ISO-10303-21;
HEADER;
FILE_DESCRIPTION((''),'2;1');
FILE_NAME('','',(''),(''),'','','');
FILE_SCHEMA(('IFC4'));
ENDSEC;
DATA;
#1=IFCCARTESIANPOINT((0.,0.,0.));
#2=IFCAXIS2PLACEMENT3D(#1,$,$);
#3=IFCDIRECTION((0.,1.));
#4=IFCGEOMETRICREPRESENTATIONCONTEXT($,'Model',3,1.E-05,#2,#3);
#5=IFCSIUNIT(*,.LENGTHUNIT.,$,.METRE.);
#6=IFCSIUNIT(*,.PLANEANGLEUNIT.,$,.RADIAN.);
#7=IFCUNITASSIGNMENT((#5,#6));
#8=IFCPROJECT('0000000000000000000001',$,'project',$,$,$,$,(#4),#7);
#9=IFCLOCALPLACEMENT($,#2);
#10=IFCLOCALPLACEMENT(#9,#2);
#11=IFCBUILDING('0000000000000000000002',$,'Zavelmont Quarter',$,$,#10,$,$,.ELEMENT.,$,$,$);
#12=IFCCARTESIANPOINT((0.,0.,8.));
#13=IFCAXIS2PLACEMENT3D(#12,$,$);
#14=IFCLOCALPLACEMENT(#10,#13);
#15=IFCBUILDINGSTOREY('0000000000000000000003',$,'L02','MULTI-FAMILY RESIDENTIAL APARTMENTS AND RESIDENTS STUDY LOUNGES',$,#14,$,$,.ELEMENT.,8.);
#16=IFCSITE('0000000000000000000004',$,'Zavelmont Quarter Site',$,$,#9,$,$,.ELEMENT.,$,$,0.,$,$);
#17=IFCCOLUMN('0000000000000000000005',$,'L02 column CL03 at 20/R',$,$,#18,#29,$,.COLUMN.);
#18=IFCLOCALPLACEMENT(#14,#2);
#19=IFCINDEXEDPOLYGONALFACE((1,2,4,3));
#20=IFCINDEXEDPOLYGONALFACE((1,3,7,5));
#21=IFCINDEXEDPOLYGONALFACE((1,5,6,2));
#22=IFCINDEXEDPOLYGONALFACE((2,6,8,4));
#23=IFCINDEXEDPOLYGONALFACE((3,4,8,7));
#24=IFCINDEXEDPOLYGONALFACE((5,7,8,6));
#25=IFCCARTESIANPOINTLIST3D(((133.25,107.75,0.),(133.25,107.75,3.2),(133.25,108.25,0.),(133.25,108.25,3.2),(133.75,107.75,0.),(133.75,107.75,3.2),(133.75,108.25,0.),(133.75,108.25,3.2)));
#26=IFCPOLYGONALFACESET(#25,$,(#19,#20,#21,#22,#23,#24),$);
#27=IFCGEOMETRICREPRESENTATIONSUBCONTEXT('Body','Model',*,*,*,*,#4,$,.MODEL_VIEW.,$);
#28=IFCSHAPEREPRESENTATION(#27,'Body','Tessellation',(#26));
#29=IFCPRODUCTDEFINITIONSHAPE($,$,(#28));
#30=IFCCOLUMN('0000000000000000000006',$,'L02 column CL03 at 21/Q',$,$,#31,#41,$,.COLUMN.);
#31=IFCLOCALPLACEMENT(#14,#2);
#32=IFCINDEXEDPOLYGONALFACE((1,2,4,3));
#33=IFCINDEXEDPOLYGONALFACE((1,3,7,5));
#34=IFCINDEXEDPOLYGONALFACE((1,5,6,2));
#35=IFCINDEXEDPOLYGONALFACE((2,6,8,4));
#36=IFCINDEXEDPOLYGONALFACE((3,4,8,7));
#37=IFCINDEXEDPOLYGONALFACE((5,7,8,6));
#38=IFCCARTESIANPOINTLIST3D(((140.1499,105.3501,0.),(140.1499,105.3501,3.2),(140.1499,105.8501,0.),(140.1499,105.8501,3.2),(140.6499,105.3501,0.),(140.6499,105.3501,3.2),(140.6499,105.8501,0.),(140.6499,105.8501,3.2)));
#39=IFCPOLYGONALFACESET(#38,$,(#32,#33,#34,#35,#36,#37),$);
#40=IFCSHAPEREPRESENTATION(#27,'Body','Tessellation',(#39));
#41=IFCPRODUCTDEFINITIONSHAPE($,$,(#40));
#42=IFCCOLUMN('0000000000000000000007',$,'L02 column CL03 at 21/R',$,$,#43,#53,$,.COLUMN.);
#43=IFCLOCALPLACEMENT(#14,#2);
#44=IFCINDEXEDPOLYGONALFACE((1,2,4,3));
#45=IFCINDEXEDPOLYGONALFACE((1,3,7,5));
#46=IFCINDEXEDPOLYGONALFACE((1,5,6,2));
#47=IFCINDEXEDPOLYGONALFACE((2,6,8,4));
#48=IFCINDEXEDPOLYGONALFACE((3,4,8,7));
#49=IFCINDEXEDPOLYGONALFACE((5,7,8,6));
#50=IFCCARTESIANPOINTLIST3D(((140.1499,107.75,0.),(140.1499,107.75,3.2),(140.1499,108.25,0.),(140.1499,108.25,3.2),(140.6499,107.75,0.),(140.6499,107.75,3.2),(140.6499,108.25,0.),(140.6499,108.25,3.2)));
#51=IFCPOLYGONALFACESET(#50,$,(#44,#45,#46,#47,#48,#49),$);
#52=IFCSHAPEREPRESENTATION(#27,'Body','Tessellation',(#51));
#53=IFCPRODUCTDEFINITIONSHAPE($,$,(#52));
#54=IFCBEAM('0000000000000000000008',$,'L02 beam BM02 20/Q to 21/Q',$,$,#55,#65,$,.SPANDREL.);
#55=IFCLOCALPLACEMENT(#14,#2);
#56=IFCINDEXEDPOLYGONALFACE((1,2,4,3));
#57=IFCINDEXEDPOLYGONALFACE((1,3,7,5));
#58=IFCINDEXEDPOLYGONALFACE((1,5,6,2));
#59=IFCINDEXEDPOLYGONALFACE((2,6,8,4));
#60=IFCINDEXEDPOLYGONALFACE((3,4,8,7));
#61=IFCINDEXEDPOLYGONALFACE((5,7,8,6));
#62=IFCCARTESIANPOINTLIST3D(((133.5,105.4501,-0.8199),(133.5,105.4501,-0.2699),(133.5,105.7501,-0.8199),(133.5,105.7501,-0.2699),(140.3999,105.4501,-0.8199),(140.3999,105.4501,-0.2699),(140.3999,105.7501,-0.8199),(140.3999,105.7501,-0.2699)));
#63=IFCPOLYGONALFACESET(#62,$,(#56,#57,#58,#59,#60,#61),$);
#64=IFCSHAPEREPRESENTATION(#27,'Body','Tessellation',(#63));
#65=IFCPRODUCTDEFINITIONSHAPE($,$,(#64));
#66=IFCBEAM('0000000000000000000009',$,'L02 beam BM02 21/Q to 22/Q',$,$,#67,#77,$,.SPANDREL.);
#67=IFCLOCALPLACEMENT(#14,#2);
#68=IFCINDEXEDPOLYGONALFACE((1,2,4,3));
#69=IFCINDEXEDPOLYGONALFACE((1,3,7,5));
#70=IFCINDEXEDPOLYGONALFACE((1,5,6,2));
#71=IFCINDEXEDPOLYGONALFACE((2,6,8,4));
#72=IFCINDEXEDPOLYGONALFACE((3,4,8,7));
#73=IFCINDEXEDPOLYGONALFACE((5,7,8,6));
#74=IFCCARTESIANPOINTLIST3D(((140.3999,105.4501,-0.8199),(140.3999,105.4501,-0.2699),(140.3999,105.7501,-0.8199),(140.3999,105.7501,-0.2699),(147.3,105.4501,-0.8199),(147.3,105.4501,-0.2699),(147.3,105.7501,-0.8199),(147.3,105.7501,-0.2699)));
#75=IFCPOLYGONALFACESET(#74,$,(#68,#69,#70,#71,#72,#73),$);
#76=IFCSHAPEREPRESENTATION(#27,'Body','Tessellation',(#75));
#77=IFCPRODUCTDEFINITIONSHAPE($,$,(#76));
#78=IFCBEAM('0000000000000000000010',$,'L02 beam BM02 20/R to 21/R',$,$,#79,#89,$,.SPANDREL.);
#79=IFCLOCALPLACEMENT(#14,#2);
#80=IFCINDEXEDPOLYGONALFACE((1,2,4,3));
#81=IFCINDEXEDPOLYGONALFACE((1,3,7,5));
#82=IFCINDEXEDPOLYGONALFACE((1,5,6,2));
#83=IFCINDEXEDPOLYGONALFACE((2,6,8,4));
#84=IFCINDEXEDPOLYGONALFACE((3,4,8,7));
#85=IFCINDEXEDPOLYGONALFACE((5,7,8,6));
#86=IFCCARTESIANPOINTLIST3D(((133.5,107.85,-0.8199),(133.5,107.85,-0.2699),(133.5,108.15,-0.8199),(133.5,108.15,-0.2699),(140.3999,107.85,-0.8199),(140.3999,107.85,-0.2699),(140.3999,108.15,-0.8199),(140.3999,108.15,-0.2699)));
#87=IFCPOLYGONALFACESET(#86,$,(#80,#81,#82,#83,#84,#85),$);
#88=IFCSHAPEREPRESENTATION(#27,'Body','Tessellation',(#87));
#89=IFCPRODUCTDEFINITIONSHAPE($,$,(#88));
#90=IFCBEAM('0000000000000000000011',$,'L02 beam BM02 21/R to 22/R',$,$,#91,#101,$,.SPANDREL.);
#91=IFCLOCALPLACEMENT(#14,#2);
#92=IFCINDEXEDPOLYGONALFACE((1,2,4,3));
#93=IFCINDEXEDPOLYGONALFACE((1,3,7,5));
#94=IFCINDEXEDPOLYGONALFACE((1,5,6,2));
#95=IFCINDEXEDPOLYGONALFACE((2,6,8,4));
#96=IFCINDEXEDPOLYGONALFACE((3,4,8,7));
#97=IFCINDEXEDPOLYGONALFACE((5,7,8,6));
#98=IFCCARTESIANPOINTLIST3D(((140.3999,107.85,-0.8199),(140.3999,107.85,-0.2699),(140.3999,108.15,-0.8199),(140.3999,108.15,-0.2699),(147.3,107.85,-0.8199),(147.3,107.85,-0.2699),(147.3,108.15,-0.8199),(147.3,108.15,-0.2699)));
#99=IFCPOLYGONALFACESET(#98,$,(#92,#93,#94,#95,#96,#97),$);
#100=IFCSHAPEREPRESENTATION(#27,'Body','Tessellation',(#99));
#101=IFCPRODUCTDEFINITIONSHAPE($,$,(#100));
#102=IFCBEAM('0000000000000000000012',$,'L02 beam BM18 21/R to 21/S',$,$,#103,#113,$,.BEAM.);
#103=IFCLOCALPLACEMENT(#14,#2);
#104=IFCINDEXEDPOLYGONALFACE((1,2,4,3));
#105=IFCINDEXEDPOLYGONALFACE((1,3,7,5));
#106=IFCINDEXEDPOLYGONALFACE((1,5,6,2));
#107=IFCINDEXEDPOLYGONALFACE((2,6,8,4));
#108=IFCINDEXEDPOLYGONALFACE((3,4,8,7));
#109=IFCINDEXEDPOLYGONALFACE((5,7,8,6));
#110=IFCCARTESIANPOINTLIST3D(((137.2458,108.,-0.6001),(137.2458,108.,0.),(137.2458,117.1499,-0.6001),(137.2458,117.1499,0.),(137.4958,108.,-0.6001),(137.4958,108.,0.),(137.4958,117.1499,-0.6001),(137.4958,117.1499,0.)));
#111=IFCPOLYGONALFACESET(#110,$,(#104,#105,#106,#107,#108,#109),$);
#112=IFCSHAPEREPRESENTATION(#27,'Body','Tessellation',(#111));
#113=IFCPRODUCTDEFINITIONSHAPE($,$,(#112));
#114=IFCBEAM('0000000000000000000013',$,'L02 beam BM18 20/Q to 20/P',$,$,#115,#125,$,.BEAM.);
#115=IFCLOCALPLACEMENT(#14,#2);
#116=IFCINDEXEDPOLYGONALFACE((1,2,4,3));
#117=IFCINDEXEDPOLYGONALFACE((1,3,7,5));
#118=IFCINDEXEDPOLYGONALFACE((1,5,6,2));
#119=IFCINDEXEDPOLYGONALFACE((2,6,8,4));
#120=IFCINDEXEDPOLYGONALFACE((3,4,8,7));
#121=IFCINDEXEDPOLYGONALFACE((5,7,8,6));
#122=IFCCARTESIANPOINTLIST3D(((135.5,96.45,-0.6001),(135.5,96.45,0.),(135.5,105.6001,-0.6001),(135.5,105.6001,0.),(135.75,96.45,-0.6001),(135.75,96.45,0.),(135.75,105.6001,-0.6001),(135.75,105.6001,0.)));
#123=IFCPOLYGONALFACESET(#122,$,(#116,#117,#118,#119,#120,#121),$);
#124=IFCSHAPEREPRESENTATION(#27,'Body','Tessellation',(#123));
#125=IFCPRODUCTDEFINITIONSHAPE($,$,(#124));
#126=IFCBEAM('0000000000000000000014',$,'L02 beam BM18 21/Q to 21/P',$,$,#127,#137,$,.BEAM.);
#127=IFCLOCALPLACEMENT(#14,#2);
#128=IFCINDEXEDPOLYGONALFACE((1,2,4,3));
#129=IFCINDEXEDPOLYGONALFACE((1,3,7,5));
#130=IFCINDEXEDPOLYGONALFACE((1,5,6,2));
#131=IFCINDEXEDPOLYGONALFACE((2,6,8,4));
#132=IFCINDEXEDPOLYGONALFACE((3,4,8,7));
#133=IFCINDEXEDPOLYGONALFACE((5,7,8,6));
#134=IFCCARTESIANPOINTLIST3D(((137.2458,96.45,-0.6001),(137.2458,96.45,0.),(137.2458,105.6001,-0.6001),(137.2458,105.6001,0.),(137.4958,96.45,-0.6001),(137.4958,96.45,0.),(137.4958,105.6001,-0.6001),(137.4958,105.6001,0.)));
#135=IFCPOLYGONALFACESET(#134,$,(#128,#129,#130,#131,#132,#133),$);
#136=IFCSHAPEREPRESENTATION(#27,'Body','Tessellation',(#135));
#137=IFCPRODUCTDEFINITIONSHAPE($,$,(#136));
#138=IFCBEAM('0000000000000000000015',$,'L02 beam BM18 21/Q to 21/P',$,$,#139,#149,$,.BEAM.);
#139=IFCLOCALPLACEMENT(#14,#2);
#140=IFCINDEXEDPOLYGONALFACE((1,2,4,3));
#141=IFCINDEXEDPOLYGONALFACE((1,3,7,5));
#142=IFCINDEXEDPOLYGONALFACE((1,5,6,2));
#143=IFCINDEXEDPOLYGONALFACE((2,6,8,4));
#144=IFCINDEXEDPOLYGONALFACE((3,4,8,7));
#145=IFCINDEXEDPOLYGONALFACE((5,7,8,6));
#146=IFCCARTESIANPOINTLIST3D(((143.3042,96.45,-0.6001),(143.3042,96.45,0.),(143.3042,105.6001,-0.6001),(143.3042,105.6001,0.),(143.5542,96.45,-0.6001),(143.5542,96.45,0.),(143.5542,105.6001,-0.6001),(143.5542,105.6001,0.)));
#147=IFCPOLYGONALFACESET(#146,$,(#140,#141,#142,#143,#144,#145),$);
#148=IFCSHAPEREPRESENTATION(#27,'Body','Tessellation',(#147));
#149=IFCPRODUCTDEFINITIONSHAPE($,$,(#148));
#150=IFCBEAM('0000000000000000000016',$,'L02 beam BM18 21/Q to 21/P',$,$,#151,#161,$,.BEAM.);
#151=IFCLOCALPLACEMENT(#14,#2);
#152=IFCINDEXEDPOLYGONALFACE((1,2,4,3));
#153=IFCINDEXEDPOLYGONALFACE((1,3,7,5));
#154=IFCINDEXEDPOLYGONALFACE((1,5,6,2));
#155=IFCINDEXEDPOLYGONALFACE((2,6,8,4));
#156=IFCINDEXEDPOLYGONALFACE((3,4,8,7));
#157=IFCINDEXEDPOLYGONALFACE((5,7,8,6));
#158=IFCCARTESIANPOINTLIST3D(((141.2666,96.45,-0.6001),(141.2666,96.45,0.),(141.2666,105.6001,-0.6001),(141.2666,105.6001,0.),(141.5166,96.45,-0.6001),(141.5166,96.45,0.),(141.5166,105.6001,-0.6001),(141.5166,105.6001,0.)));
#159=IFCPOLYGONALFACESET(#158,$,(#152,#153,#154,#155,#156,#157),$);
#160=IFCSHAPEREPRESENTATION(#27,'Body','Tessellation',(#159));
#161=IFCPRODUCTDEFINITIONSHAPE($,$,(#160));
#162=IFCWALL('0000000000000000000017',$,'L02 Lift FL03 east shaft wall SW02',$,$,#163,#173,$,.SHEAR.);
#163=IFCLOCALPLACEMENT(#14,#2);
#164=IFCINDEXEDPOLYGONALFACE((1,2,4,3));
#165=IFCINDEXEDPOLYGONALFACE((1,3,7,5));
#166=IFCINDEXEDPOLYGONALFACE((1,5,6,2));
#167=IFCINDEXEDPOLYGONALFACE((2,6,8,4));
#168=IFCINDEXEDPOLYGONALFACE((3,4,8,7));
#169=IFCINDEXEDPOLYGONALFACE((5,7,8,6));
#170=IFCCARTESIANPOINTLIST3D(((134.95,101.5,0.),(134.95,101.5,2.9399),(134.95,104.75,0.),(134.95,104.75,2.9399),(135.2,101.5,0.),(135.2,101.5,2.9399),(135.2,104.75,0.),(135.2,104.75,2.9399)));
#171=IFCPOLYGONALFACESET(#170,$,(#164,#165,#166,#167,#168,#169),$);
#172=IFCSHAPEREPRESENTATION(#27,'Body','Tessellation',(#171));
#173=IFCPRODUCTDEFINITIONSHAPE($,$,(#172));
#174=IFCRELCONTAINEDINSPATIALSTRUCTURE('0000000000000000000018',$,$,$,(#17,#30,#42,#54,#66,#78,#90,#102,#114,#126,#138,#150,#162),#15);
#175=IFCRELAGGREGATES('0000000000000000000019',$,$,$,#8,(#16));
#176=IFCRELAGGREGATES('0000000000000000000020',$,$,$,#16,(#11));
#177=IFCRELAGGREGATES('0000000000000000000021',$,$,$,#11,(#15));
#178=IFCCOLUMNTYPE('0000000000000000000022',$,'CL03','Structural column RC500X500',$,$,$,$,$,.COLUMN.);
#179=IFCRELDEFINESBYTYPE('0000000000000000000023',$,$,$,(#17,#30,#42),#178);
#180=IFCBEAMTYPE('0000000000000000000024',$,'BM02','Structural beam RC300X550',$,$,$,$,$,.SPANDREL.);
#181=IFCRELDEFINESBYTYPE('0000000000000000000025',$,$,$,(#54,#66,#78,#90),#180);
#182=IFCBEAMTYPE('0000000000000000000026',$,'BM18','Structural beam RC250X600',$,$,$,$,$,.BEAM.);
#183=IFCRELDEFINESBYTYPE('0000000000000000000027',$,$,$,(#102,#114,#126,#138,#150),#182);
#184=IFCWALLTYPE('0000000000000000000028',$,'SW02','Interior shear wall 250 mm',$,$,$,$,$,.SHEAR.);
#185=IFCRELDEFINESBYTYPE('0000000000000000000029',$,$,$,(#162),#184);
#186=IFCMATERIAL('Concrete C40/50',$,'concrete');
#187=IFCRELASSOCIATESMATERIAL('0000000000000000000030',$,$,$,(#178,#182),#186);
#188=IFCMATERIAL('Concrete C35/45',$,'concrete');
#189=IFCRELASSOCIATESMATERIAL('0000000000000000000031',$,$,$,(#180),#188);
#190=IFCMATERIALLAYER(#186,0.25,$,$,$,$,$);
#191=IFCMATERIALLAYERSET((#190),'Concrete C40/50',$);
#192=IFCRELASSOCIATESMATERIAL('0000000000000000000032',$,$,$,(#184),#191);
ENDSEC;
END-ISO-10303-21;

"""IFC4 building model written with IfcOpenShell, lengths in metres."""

from ifc_helpers import new_model, si_unit, direction, frame, frame_2d, origin, origin_2d, place, context, subcontext, project, spatial, rectangle, extrude, material, layer, layer_set, material_profile, profile_set, type_object, element, save


model = new_model("IFC4")

# Units and contexts
model_context = context("Model", 3, precision=1e-05, world=origin(), true_north=direction((0.0, 1.0)))
body_context = subcontext(model_context, "Body", "Model", "MODEL_VIEW")
ifc_project = project(units=[si_unit("LENGTHUNIT", "METRE"), si_unit("PLANEANGLEUNIT", "RADIAN")], contexts=[model_context])

# Site, building, storey
site_placement = place(None, origin())
site = spatial("IfcSite", under=ifc_project, at=site_placement, Name="Zavelmont Quarter Site", CompositionType="ELEMENT", RefElevation=0.0)
building_placement = place(site_placement, origin())
building = spatial("IfcBuilding", under=site, at=building_placement, Name="Zavelmont Quarter", CompositionType="ELEMENT")
storey_placement = place(building_placement, frame((0.0, 0.0, 8.0)))
storey = spatial("IfcBuildingStorey", under=building, at=storey_placement, Name="L02", Description="MULTI-FAMILY RESIDENTIAL APARTMENTS AND RESIDENTS STUDY LOUNGES", CompositionType="ELEMENT", Elevation=8.0)

# Columns
ifc_material_1 = material(Name="Concrete C40/50", Category="concrete")
ifc_material_profile_1 = material_profile(ifc_material_1, rectangle(XDim=0.5, YDim=0.5, at=origin_2d()), Name="RC500X500")
ifc_profile_set_1 = profile_set([ifc_material_profile_1], Name="Concrete C40/50")
column_type = type_object("IfcColumnType", Name="CL03", Description="Structural column RC500X500", PredefinedType="COLUMN", material=ifc_profile_set_1)
for number, where, z_axis, x_axis, name in (
    (1, (133.5, 108.0, 0.0), (0.0, 0.0, 1.0), (1.0, 0.0, 0.0), "L02 column CL03 at 20/R"),
    (2, (140.3999, 105.6001, 0.0), (0.0, 0.0, 1.0), (1.0, 0.0, 0.0), "L02 column CL03 at 21/Q"),
    (3, (140.3999, 108.0, 0.0), (0.0, 0.0, 1.0), (1.0, 0.0, 0.0), "L02 column CL03 at 21/R"),
):
    element("IfcColumn", number, at=place(storey_placement, frame(where, z_axis=z_axis, x_axis=x_axis)), inside=storey, type_object=column_type, Name=name, PredefinedType="COLUMN", context=body_context, shape_type="SweptSolid", body=[
        extrude(rectangle(XDim=0.5, YDim=0.5, at=origin_2d()), origin(), (0.0, 0.0, 1.0), 3.2),
    ])

# Beams
ifc_material_2 = material(Name="Concrete C35/45", Category="concrete")
ifc_material_profile_2 = material_profile(ifc_material_2, rectangle(XDim=0.3, YDim=0.55, at=origin_2d()), Name="RC300X550")
ifc_profile_set_2 = profile_set([ifc_material_profile_2], Name="Concrete C35/45")
beam_type_1 = type_object("IfcBeamType", Name="BM02", Description="Structural beam RC300X550", PredefinedType="SPANDREL", material=ifc_profile_set_2)
beam_1_placement = place(storey_placement, frame((133.5, 105.6001, -0.5449), z_axis=(1.0, 0.0, 0.0), x_axis=(0.0, 1.0, 0.0)))
element("IfcBeam", 4, at=beam_1_placement, inside=storey, type_object=beam_type_1, Name="L02 beam BM02 20/Q to 21/Q", PredefinedType="SPANDREL", context=body_context, shape_type="SweptSolid", body=[
    extrude(rectangle(XDim=0.3, YDim=0.55, at=origin_2d()), origin(), (0.0, 0.0, 1.0), 6.8999),
])
beam_2_placement = place(storey_placement, frame((140.3999, 105.6001, -0.5449), z_axis=(1.0, 0.0, 0.0), x_axis=(0.0, 1.0, 0.0)))
element("IfcBeam", 5, at=beam_2_placement, inside=storey, type_object=beam_type_1, Name="L02 beam BM02 21/Q to 22/Q", PredefinedType="SPANDREL", context=body_context, shape_type="SweptSolid", body=[
    extrude(rectangle(XDim=0.3, YDim=0.55, at=origin_2d()), origin(), (0.0, 0.0, 1.0), 6.9001),
])
beam_3_placement = place(storey_placement, frame((133.5, 108.0, -0.5449), z_axis=(1.0, 0.0, 0.0), x_axis=(0.0, 1.0, 0.0)))
element("IfcBeam", 6, at=beam_3_placement, inside=storey, type_object=beam_type_1, Name="L02 beam BM02 20/R to 21/R", PredefinedType="SPANDREL", context=body_context, shape_type="SweptSolid", body=[
    extrude(rectangle(XDim=0.3, YDim=0.55, at=origin_2d()), origin(), (0.0, 0.0, 1.0), 6.8999),
])
beam_4_placement = place(storey_placement, frame((140.3999, 108.0, -0.5449), z_axis=(1.0, 0.0, 0.0), x_axis=(0.0, 1.0, 0.0)))
element("IfcBeam", 7, at=beam_4_placement, inside=storey, type_object=beam_type_1, Name="L02 beam BM02 21/R to 22/R", PredefinedType="SPANDREL", context=body_context, shape_type="SweptSolid", body=[
    extrude(rectangle(XDim=0.3, YDim=0.55, at=origin_2d()), origin(), (0.0, 0.0, 1.0), 6.9001),
])
ifc_material_profile_3 = material_profile(ifc_material_1, rectangle(XDim=0.25, YDim=0.6001, at=origin_2d()), Name="RC250X600")
ifc_profile_set_3 = profile_set([ifc_material_profile_3], Name="Concrete C40/50")
beam_type_2 = type_object("IfcBeamType", Name="BM18", Description="Structural beam RC250X600", PredefinedType="BEAM", material=ifc_profile_set_3)
beam_5_placement = place(storey_placement, frame((137.3708, 108.0, -0.3), z_axis=(0.0, 1.0, 0.0), x_axis=(-1.0, 0.0, 0.0)))
element("IfcBeam", 8, at=beam_5_placement, inside=storey, type_object=beam_type_2, Name="L02 beam BM18 21/R to 21/S", PredefinedType="BEAM", context=body_context, shape_type="SweptSolid", body=[
    extrude(rectangle(XDim=0.25, YDim=0.6001, at=origin_2d()), origin(), (0.0, 0.0, 1.0), 9.1499),
])
for number, where, z_axis, x_axis, name in (
    (9, (135.625, 105.6001, -0.3), (0.0, -1.0, 0.0), (1.0, 0.0, 0.0), "L02 beam BM18 20/Q to 20/P"),
    (10, (137.3708, 105.6001, -0.3), (0.0, -1.0, 0.0), (1.0, 0.0, 0.0), "L02 beam BM18 21/Q to 21/P"),
    (11, (143.4292, 105.6001, -0.3), (0.0, -1.0, 0.0), (1.0, 0.0, 0.0), "L02 beam BM18 21/Q to 21/P"),
    (12, (141.3916, 105.6001, -0.3), (0.0, -1.0, 0.0), (1.0, 0.0, 0.0), "L02 beam BM18 21/Q to 21/P"),
):
    element("IfcBeam", number, at=place(storey_placement, frame(where, z_axis=z_axis, x_axis=x_axis)), inside=storey, type_object=beam_type_2, Name=name, PredefinedType="BEAM", context=body_context, shape_type="SweptSolid", body=[
        extrude(rectangle(XDim=0.25, YDim=0.6001, at=origin_2d()), origin(), (0.0, 0.0, 1.0), 9.1501),
    ])

# Wall
ifc_layer_1 = layer(ifc_material_1, 0.25)
ifc_layer_set_1 = layer_set([ifc_layer_1], Name="Concrete C40/50")
wall_type_1 = type_object("IfcWallType", Name="SW02", Description="Interior shear wall 250 mm", PredefinedType="SHEAR", material=ifc_layer_set_1)
wall_1_placement = place(storey_placement, frame((135.075, 101.5, 0.0), z_axis=(0.0, 0.0, 1.0), x_axis=(0.0, 1.0, 0.0)))
element("IfcWall", 13, at=wall_1_placement, inside=storey, type_object=wall_type_1, Name="L02 Lift FL03 east shaft wall SW02", PredefinedType="SHEAR", context=body_context, shape_type="SweptSolid", body=[
    extrude(rectangle(XDim=3.25, YDim=0.25, at=frame_2d((1.625, 0.0))), origin(), (0.0, 0.0, 1.0), 2.9399),
])

save(model, "model.ifc")
